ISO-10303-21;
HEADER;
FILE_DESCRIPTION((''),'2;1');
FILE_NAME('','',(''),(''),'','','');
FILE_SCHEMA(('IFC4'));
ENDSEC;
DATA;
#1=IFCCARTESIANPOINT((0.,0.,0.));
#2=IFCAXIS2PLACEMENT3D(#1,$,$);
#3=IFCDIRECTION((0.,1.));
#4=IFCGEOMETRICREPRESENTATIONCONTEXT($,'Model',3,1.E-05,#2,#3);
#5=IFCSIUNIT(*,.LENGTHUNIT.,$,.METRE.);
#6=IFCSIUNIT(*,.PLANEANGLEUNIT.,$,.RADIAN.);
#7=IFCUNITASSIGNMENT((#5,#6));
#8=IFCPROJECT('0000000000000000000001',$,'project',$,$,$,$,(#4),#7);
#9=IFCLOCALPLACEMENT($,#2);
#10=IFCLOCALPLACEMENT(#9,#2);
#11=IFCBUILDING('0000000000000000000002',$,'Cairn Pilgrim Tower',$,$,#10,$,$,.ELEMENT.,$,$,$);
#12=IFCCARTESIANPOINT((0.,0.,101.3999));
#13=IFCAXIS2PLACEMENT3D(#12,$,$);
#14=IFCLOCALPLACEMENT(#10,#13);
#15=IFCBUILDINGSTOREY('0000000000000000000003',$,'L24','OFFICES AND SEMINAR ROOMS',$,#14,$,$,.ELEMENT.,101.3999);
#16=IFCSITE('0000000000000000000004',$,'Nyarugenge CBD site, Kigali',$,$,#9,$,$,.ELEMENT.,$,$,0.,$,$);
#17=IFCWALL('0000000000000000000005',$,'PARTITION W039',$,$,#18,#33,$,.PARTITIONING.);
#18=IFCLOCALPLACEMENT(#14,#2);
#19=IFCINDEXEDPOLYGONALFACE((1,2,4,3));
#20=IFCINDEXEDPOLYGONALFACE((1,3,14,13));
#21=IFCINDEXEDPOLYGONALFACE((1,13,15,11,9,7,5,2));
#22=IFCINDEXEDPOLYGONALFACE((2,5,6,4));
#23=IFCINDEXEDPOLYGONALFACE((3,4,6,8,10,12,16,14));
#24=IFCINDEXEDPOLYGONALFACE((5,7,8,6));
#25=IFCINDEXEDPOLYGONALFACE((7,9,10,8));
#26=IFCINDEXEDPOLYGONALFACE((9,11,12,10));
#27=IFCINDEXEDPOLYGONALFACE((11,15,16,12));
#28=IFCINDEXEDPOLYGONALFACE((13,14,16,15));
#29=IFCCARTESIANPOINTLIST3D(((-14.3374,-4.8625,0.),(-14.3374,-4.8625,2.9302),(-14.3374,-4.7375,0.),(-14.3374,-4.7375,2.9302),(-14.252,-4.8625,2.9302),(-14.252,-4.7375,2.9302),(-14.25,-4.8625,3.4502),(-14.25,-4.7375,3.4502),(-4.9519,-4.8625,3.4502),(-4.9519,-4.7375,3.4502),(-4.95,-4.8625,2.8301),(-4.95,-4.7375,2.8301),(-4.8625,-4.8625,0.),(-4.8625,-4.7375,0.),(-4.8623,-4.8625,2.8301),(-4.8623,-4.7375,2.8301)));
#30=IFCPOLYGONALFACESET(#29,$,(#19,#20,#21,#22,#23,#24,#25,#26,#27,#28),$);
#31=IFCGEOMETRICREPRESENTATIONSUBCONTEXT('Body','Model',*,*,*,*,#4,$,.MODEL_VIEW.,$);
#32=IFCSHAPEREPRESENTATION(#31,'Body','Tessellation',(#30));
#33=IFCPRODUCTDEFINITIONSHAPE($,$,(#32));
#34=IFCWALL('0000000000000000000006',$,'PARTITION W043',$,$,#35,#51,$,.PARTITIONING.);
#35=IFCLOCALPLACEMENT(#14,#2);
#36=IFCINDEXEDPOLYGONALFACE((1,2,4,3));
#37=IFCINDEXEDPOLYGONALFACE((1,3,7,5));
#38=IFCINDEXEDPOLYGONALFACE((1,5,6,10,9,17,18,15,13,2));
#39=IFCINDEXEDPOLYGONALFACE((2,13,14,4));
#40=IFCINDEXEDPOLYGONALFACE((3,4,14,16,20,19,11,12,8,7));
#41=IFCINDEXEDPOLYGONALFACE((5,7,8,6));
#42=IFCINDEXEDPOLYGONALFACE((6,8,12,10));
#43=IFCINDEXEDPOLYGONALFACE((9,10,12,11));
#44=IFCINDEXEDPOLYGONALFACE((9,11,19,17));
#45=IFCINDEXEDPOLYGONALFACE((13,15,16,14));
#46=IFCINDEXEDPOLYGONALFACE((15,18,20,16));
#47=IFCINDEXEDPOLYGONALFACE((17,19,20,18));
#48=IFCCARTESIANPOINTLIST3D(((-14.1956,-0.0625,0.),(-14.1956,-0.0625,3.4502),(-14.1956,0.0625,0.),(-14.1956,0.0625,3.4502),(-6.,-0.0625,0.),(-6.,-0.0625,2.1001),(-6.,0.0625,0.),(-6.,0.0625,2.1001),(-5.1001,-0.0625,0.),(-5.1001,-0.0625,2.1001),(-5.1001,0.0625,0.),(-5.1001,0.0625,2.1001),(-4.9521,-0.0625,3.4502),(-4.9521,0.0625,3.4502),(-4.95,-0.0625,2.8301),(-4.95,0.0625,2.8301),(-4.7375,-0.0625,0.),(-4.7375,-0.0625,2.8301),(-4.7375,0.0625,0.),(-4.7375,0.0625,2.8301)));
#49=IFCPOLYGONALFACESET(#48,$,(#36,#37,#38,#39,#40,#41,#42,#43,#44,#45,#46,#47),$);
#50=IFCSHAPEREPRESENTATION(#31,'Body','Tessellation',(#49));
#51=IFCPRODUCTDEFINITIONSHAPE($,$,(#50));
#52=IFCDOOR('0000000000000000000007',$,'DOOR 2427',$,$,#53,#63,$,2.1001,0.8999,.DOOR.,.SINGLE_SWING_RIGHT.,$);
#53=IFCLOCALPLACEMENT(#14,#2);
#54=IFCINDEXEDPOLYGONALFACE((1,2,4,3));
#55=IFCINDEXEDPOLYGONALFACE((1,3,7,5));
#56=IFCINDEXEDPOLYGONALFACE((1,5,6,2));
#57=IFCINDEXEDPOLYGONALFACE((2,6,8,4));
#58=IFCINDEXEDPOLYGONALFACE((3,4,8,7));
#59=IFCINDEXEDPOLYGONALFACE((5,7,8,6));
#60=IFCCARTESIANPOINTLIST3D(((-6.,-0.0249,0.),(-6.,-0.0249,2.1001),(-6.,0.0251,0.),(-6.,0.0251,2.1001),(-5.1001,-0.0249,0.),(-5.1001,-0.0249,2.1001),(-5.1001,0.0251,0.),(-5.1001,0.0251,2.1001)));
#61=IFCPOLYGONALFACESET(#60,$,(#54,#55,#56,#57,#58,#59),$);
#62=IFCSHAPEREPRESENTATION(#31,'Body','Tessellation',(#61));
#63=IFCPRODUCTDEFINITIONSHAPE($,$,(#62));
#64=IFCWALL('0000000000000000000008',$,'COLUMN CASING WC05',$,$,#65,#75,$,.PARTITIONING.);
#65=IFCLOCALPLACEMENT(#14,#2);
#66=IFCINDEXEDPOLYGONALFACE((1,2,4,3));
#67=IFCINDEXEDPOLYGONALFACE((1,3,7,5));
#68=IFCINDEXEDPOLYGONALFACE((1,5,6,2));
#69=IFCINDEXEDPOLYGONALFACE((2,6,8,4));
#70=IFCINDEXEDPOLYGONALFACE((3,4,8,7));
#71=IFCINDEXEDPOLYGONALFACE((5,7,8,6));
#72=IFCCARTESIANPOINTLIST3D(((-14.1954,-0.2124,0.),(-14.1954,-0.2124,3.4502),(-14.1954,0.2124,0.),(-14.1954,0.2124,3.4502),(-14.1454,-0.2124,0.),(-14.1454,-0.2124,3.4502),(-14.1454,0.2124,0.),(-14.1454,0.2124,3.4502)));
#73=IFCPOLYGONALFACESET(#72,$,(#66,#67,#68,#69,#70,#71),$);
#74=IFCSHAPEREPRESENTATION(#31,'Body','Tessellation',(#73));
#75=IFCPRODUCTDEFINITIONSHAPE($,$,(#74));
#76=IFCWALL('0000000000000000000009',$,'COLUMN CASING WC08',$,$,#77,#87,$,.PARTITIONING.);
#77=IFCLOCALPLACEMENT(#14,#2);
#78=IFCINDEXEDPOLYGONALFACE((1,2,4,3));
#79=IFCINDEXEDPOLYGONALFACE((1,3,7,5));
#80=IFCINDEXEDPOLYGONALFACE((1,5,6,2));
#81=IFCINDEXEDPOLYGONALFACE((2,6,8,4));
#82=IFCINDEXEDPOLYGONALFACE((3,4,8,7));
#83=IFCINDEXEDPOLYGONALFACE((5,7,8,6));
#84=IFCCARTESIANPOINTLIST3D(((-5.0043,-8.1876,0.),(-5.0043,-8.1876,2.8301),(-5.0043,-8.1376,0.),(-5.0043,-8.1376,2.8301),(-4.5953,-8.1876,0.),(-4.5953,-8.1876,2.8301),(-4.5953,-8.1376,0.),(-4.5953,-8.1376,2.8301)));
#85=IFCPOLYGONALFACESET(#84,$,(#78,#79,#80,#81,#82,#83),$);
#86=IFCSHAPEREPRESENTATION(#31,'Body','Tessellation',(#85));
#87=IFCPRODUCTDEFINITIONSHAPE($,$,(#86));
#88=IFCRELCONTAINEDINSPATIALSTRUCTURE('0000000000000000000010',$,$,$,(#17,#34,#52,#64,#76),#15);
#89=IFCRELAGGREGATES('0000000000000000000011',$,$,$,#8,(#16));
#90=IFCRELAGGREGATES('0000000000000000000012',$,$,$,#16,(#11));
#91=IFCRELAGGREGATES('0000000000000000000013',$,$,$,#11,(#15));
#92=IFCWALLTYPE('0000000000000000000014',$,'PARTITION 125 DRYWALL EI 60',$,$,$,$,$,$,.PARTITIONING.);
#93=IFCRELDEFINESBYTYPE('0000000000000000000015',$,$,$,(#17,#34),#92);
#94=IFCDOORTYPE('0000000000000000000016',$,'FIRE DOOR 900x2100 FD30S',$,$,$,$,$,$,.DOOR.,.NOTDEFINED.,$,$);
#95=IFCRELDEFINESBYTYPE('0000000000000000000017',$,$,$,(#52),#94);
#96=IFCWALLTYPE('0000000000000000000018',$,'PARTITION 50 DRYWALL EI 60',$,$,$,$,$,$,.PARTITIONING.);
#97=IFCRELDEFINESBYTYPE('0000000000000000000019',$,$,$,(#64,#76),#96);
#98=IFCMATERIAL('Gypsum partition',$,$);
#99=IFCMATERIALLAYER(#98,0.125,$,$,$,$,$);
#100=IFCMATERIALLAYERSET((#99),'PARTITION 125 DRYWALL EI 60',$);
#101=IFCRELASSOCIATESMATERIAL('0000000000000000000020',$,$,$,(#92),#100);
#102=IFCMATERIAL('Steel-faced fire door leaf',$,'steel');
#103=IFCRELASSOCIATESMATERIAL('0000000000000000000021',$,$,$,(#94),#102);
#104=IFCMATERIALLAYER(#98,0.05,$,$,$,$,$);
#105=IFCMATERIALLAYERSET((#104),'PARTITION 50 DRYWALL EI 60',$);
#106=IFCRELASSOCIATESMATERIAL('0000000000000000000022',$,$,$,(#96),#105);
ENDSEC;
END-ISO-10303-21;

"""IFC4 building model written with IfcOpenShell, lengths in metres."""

from ifc_helpers import new_model, si_unit, direction, frame, frame_2d, origin, place, context, subcontext, project, spatial, polyline, rectangle, outline, extrude, material, layer, layer_set, type_object, element, fill, save


model = new_model("IFC4")

# Units and contexts
model_context = context("Model", 3, precision=1e-05, world=origin(), true_north=direction((0.0, 1.0)))
body_context = subcontext(model_context, "Body", "Model", "MODEL_VIEW")
ifc_project = project(units=[si_unit("LENGTHUNIT", "METRE"), si_unit("PLANEANGLEUNIT", "RADIAN")], contexts=[model_context])

# Site, building, storey
site_placement = place(None, origin())
site = spatial("IfcSite", under=ifc_project, at=site_placement, Name="Nyarugenge CBD site, Kigali", CompositionType="ELEMENT", RefElevation=0.0)
building_placement = place(site_placement, origin())
building = spatial("IfcBuilding", under=site, at=building_placement, Name="Cairn Pilgrim Tower", CompositionType="ELEMENT")
storey_placement = place(building_placement, frame((0.0, 0.0, 101.3999)))
storey = spatial("IfcBuildingStorey", under=building, at=storey_placement, Name="L24", Description="OFFICES AND SEMINAR ROOMS", CompositionType="ELEMENT", Elevation=101.3999)

# Shared definitions
ifc_material_1 = material(Name="Gypsum partition")
ifc_layer_1 = layer(ifc_material_1, 0.125)
ifc_layer_set_1 = layer_set([ifc_layer_1], Name="PARTITION 125 DRYWALL EI 60")
wall_type_1 = type_object("IfcWallType", Name="PARTITION 125 DRYWALL EI 60", PredefinedType="PARTITIONING", material=ifc_layer_set_1)
ifc_material_2 = material(Name="Steel-faced fire door leaf", Category="steel")
door_type = type_object("IfcDoorType", Name="FIRE DOOR 900x2100 FD30S", OperationType="NOTDEFINED", PredefinedType="DOOR", material=ifc_material_2)

# Wall
wall_1_placement = place(storey_placement, frame((-14.3374, -4.8, 0.0), z_axis=(0.0, 0.0, 1.0), x_axis=(1.0, 0.0, 0.0)))
element("IfcWall", 1, at=wall_1_placement, inside=storey, type_object=wall_type_1, Name="PARTITION W039", PredefinedType="PARTITIONING", context=body_context, shape_type="SweptSolid", body=[
    extrude(outline(polyline([(0.0, 0.0), (9.4749, 0.0), (9.4751, 2.8301), (9.3875, 2.8301), (9.3855, 3.4502), (0.0874, 3.4502), (0.0854, 2.9302), (0.0, 2.9302), (0.0, 0.0)])), frame((0.0, 0.0625, 0.0), z_axis=(0.0, -1.0, 0.0), x_axis=(1.0, 0.0, 0.0)), (0.0, 0.0, 1.0), 0.125),
])

# Wall, opening, door
wall_2_placement = place(storey_placement, frame((-14.1956, 0.0, 0.0), z_axis=(0.0, 0.0, 1.0), x_axis=(1.0, 0.0, 0.0)))
wall_2 = element("IfcWall", 2, at=wall_2_placement, inside=storey, type_object=wall_type_1, Name="PARTITION W043", PredefinedType="PARTITIONING", context=body_context, shape_type="SweptSolid", body=[
    extrude(outline(polyline([(0.0, 0.0), (9.458, 0.0), (9.458, 2.8301), (9.2456, 2.8301), (9.2434, 3.4502), (0.0, 3.4502), (0.0, 0.0)])), frame((0.0, 0.0625, 0.0), z_axis=(0.0, -1.0, 0.0), x_axis=(1.0, 0.0, 0.0)), (0.0, 0.0, 1.0), 0.125),
])
opening_1_placement = place(wall_2_placement, frame((8.1956, 0.0, 0.0)))
opening_1 = element("IfcOpeningElement", 3, at=opening_1_placement, cuts=wall_2, PredefinedType="OPENING", context=body_context, shape_type="SweptSolid", body=[
    extrude(rectangle(XDim=0.8999, YDim=2.1001, at=frame_2d((0.45, 1.05))), frame((0.0, 0.0725, 0.0), z_axis=(0.0, -1.0, 0.0), x_axis=(1.0, 0.0, 0.0)), (0.0, 0.0, 1.0), 0.145),
])
door_1_placement = place(opening_1_placement, frame((0.8999, 0.0, 0.0), z_axis=(0.0, 0.0, 1.0), x_axis=(-1.0, 0.0, 0.0)))
door_1 = element("IfcDoor", 4, at=door_1_placement, inside=storey, type_object=door_type, Name="DOOR 2427", OperationType="SINGLE_SWING_RIGHT", OverallHeight=2.1001, OverallWidth=0.8999, PredefinedType="DOOR", context=body_context, shape_type="SweptSolid", body=[
    extrude(rectangle(XDim=0.8999, YDim=2.1001, at=frame_2d((0.45, 1.05))), frame((0.0, 0.0249, 0.0), z_axis=(0.0, -1.0, 0.0), x_axis=(1.0, 0.0, 0.0)), (0.0, 0.0, 1.0), 0.05),
])
fill(opening_1, door_1)

# Walls
ifc_layer_2 = layer(ifc_material_1, 0.05)
ifc_layer_set_2 = layer_set([ifc_layer_2], Name="PARTITION 50 DRYWALL EI 60")
wall_type_2 = type_object("IfcWallType", Name="PARTITION 50 DRYWALL EI 60", PredefinedType="PARTITIONING", material=ifc_layer_set_2)
wall_3_placement = place(storey_placement, frame((-14.1704, -0.2124, 0.0), z_axis=(0.0, 0.0, 1.0), x_axis=(0.0, 1.0, 0.0)))
element("IfcWall", 5, at=wall_3_placement, inside=storey, type_object=wall_type_2, Name="COLUMN CASING WC05", PredefinedType="PARTITIONING", context=body_context, shape_type="SweptSolid", body=[
    extrude(rectangle(XDim=0.4248, YDim=0.05, at=frame_2d((0.2124, 0.0))), origin(), (0.0, 0.0, 1.0), 3.4502),
])
wall_4_placement = place(storey_placement, frame((-5.0044, -8.1626, 0.0), z_axis=(0.0, 0.0, 1.0), x_axis=(1.0, 0.0, 0.0)))
element("IfcWall", 6, at=wall_4_placement, inside=storey, type_object=wall_type_2, Name="COLUMN CASING WC08", PredefinedType="PARTITIONING", context=body_context, shape_type="SweptSolid", body=[
    extrude(rectangle(XDim=0.4089, YDim=0.05, at=frame_2d((0.2046, 0.0))), origin(), (0.0, 0.0, 1.0), 2.8301),
])

save(model, "model.ifc")
